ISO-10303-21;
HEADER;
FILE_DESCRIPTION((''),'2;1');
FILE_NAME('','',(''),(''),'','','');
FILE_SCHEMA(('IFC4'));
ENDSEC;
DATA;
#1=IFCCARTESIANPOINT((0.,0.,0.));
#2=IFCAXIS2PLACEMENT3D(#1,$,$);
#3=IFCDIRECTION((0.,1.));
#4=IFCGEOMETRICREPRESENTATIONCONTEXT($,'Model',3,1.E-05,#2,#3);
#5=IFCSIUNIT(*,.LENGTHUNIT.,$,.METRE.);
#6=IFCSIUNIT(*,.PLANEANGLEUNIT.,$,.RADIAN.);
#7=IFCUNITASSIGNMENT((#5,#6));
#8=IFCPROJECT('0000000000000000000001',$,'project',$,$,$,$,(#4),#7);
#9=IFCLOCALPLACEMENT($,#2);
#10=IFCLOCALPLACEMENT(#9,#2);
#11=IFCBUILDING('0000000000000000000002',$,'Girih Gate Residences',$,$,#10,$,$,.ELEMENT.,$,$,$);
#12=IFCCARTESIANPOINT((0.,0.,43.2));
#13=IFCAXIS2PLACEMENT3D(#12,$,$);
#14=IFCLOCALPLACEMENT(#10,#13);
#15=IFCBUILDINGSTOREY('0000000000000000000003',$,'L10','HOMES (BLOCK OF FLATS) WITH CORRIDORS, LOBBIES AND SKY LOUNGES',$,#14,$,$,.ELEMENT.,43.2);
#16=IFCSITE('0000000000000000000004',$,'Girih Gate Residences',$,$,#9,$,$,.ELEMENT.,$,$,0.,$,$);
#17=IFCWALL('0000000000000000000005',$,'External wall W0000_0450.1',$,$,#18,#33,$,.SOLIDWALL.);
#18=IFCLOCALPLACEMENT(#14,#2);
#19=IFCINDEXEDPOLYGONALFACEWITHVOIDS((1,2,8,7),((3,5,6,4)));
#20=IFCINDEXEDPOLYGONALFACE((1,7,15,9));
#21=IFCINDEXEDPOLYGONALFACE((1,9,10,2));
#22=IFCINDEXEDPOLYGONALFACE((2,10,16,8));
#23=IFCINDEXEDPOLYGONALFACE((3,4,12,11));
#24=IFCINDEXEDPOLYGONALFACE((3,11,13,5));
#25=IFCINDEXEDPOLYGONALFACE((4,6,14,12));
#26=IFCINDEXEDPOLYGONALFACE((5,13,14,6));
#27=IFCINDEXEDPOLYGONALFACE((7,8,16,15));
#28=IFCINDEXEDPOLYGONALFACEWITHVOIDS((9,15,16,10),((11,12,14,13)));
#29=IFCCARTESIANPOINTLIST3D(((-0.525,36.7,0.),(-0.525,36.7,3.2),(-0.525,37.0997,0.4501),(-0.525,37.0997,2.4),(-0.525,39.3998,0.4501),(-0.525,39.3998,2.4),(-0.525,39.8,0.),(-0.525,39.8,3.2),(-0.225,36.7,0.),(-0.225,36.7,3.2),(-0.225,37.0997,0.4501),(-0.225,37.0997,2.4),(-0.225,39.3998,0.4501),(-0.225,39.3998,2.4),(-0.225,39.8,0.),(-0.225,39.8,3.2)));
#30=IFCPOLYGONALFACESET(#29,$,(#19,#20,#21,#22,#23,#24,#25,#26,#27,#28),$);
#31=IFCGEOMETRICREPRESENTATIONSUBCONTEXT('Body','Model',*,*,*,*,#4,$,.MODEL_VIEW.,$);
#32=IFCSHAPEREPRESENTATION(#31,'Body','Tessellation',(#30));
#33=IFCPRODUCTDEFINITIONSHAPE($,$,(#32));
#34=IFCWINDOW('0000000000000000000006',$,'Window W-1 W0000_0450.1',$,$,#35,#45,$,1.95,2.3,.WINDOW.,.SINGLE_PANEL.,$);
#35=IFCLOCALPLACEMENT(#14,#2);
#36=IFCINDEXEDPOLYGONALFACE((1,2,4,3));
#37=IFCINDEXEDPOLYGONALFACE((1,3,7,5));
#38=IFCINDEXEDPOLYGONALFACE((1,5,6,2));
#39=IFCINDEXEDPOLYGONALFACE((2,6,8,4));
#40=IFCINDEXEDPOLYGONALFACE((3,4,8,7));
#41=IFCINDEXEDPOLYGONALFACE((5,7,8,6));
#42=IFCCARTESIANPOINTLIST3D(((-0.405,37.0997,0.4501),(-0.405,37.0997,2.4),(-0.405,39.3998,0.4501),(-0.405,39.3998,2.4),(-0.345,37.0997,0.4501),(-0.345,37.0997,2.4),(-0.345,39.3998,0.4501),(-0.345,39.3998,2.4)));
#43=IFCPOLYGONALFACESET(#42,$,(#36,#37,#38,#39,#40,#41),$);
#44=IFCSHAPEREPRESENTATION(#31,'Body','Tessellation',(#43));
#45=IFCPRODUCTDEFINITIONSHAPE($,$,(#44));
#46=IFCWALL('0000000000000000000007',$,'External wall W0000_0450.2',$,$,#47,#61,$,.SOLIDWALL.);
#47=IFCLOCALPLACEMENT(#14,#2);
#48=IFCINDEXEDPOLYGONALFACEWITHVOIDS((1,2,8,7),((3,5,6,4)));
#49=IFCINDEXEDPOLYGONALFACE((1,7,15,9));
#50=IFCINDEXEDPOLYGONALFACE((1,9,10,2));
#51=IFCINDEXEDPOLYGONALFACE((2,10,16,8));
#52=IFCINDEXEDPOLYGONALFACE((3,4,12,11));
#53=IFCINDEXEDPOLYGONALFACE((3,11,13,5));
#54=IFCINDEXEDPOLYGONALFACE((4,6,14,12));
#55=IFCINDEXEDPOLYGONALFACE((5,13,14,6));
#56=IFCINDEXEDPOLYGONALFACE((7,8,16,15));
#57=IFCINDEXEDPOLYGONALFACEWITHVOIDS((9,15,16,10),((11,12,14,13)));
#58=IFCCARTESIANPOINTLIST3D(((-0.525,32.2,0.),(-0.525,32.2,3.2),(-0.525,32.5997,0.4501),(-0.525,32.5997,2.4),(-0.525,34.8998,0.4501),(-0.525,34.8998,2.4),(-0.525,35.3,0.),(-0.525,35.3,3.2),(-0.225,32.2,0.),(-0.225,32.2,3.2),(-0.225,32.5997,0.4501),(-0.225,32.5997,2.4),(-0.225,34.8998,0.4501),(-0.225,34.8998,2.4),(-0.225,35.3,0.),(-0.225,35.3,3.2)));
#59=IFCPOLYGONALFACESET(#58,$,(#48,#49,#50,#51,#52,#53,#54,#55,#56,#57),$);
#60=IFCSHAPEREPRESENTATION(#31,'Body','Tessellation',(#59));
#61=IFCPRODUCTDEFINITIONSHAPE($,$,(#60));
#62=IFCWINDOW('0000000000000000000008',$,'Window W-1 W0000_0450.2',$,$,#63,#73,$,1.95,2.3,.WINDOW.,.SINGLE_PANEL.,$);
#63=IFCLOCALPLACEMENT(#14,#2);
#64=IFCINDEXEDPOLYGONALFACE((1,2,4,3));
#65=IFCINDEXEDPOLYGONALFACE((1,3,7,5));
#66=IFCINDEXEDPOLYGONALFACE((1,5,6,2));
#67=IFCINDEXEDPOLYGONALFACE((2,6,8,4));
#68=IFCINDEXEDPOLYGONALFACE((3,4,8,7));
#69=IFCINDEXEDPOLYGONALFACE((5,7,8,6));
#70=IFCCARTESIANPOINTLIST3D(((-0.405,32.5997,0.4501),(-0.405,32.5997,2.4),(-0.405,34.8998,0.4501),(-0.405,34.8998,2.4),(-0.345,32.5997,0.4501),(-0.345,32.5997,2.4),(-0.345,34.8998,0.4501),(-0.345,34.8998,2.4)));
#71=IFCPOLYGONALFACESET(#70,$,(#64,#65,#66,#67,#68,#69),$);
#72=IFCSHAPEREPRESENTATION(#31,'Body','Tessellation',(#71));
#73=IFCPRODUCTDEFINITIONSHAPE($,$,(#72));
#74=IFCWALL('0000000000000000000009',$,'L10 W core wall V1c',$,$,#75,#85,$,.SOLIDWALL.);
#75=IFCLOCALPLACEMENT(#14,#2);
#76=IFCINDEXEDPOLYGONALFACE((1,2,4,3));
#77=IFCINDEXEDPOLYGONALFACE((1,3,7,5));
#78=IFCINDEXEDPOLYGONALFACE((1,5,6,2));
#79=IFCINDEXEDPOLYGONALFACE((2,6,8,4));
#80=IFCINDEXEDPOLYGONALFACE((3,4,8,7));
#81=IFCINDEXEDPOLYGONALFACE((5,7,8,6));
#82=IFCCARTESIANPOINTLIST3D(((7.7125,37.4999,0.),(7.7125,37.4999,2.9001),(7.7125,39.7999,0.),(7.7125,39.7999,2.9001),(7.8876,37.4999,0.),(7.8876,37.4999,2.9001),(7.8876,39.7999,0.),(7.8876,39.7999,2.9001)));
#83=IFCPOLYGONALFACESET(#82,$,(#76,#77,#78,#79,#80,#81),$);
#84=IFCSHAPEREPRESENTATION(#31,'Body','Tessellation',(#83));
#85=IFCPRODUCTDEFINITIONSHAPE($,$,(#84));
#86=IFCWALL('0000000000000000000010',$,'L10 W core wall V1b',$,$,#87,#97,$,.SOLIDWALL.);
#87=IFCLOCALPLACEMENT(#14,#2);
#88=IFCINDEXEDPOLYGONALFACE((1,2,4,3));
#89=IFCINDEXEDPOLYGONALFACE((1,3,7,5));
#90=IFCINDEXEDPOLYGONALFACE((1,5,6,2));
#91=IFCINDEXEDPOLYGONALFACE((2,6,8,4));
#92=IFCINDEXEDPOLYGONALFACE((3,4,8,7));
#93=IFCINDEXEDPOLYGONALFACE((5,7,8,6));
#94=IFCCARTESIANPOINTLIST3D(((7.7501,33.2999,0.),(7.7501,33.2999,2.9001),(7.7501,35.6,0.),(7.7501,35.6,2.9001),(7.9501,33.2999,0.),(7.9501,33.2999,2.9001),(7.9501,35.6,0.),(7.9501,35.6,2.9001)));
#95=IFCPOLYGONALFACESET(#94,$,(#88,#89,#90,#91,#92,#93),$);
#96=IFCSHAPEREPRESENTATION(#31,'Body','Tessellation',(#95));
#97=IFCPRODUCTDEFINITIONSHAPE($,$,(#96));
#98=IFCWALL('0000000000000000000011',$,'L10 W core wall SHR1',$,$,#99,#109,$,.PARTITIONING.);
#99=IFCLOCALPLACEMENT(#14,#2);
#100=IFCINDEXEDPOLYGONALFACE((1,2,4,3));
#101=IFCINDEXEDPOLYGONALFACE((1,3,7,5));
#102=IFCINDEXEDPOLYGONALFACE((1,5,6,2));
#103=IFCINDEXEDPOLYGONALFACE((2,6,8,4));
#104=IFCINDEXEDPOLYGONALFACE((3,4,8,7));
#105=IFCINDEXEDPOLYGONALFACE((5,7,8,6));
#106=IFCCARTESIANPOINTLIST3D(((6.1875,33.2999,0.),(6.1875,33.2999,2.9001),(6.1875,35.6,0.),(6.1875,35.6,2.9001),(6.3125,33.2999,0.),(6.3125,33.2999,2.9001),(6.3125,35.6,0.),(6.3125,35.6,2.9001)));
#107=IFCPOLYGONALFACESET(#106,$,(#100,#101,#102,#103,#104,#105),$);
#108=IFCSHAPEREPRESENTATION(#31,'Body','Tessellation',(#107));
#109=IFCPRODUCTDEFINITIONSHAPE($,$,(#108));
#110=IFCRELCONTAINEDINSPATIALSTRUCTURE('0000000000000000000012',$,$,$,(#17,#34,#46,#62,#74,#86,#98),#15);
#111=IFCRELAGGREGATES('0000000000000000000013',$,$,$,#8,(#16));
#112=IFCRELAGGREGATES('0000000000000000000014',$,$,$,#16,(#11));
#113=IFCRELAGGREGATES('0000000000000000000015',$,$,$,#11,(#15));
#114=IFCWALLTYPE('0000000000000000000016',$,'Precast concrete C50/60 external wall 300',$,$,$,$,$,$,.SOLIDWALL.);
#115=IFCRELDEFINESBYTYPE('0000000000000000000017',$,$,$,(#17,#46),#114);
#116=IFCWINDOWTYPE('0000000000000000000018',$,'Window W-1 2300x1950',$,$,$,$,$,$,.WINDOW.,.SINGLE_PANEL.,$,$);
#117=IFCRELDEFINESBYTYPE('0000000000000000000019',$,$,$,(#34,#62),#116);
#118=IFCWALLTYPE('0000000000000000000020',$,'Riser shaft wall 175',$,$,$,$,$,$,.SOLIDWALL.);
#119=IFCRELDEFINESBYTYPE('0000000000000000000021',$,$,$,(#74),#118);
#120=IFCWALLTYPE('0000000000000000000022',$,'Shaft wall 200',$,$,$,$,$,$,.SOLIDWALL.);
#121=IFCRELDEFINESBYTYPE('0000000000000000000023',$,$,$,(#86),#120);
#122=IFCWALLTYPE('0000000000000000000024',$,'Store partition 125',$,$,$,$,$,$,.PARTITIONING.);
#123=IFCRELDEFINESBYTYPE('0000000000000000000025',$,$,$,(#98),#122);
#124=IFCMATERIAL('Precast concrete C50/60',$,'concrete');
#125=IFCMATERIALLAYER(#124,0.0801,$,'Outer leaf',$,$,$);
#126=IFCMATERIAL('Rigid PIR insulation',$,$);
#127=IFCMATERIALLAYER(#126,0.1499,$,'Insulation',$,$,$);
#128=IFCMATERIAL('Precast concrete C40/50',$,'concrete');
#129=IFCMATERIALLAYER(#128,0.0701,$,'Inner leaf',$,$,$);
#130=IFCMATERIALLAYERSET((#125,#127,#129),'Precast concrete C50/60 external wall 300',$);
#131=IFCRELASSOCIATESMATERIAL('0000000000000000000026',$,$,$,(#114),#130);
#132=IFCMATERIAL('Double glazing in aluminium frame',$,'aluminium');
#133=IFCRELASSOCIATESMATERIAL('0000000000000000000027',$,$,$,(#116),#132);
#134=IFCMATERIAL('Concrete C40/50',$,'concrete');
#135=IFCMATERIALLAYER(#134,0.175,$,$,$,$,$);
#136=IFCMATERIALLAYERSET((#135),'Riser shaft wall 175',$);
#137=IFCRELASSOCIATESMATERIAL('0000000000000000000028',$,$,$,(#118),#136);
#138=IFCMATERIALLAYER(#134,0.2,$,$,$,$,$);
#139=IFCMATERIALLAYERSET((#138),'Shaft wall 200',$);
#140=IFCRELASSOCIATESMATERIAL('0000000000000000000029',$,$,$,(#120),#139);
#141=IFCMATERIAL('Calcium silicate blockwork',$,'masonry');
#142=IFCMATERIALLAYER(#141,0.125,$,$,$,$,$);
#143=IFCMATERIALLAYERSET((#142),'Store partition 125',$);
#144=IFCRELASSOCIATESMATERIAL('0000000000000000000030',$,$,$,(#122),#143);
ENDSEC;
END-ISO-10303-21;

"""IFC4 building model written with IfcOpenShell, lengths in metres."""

from ifc_helpers import new_model, si_unit, direction, frame, frame_2d, origin, place, context, subcontext, project, spatial, rectangle, extrude, material, layer, layer_set, type_object, element, fill, save


model = new_model("IFC4")

# Units and contexts
model_context = context("Model", 3, precision=1e-05, world=origin(), true_north=direction((0.0, 1.0)))
body_context = subcontext(model_context, "Body", "Model", "MODEL_VIEW")
ifc_project = project(units=[si_unit("LENGTHUNIT", "METRE"), si_unit("PLANEANGLEUNIT", "RADIAN")], contexts=[model_context])

# Site, building, storey
site_placement = place(None, origin())
site = spatial("IfcSite", under=ifc_project, at=site_placement, Name="Girih Gate Residences", CompositionType="ELEMENT", RefElevation=0.0)
building_placement = place(site_placement, origin())
building = spatial("IfcBuilding", under=site, at=building_placement, Name="Girih Gate Residences", CompositionType="ELEMENT")
storey_placement = place(building_placement, frame((0.0, 0.0, 43.2)))
storey = spatial("IfcBuildingStorey", under=building, at=storey_placement, Name="L10", Description="HOMES (BLOCK OF FLATS) WITH CORRIDORS, LOBBIES AND SKY LOUNGES", CompositionType="ELEMENT", Elevation=43.2)

# Shared definitions
ifc_material_1 = material(Name="Concrete C40/50", Category="concrete")

# Walls, openings, windows
ifc_material_2 = material(Name="Precast concrete C50/60", Category="concrete")
ifc_layer_1 = layer(ifc_material_2, 0.0801, Name="Outer leaf")
ifc_material_3 = material(Name="Rigid PIR insulation")
ifc_layer_2 = layer(ifc_material_3, 0.1499, Name="Insulation")
ifc_material_4 = material(Name="Precast concrete C40/50", Category="concrete")
ifc_layer_3 = layer(ifc_material_4, 0.0701, Name="Inner leaf")
ifc_layer_set_1 = layer_set([ifc_layer_1, ifc_layer_2, ifc_layer_3], Name="Precast concrete C50/60 external wall 300")
wall_type_1 = type_object("IfcWallType", Name="Precast concrete C50/60 external wall 300", PredefinedType="SOLIDWALL", material=ifc_layer_set_1)
wall_1_placement = place(storey_placement, frame((-0.375, 36.7, 0.0), z_axis=(0.0, 0.0, 1.0), x_axis=(0.0, 1.0, 0.0)))
wall_1 = element("IfcWall", 1, at=wall_1_placement, inside=storey, type_object=wall_type_1, Name="External wall W0000_0450.1", PredefinedType="SOLIDWALL", context=body_context, shape_type="SweptSolid", body=[
    extrude(rectangle(XDim=3.1001, YDim=0.3, at=frame_2d((1.55, 0.0))), origin(), (0.0, 0.0, 1.0), 3.2),
])
opening_1_placement = place(wall_1_placement, frame((0.3999, 0.0, 0.45)))
opening_1 = element("IfcOpeningElement", 2, at=opening_1_placement, cuts=wall_1, PredefinedType="OPENING", context=body_context, shape_type="SweptSolid", body=[
    extrude(rectangle(XDim=2.3, YDim=1.95, at=frame_2d((1.1499, 0.9751))), frame((0.0, 0.1599, 0.0), z_axis=(0.0, -1.0, 0.0), x_axis=(1.0, 0.0, 0.0)), (0.0, 0.0, 1.0), 0.3201),
])
ifc_material_5 = material(Name="Double glazing in aluminium frame", Category="aluminium")
window_type = type_object("IfcWindowType", Name="Window W-1 2300x1950", PartitioningType="SINGLE_PANEL", PredefinedType="WINDOW", material=ifc_material_5)
window_1_placement = place(opening_1_placement, origin())
window_1 = element("IfcWindow", 3, at=window_1_placement, inside=storey, type_object=window_type, Name="Window W-1 W0000_0450.1", OverallHeight=1.95, OverallWidth=2.3, PartitioningType="SINGLE_PANEL", PredefinedType="WINDOW", context=body_context, shape_type="SweptSolid", body=[
    extrude(rectangle(XDim=2.3, YDim=1.95, at=frame_2d((1.1499, 0.9751))), frame((0.0, 0.03, 0.0), z_axis=(0.0, -1.0, 0.0), x_axis=(1.0, 0.0, 0.0)), (0.0, 0.0, 1.0), 0.0601),
])
fill(opening_1, window_1)
wall_2_placement = place(storey_placement, frame((-0.375, 32.2, 0.0), z_axis=(0.0, 0.0, 1.0), x_axis=(0.0, 1.0, 0.0)))
wall_2 = element("IfcWall", 4, at=wall_2_placement, inside=storey, type_object=wall_type_1, Name="External wall W0000_0450.2", PredefinedType="SOLIDWALL", context=body_context, shape_type="SweptSolid", body=[
    extrude(rectangle(XDim=3.1001, YDim=0.3, at=frame_2d((1.55, 0.0))), origin(), (0.0, 0.0, 1.0), 3.2),
])
opening_2_placement = place(wall_2_placement, frame((0.3999, 0.0, 0.45)))
opening_2 = element("IfcOpeningElement", 5, at=opening_2_placement, cuts=wall_2, PredefinedType="OPENING", context=body_context, shape_type="SweptSolid", body=[
    extrude(rectangle(XDim=2.3, YDim=1.95, at=frame_2d((1.1499, 0.9751))), frame((0.0, 0.1599, 0.0), z_axis=(0.0, -1.0, 0.0), x_axis=(1.0, 0.0, 0.0)), (0.0, 0.0, 1.0), 0.3201),
])
window_2_placement = place(opening_2_placement, origin())
window_2 = element("IfcWindow", 6, at=window_2_placement, inside=storey, type_object=window_type, Name="Window W-1 W0000_0450.2", OverallHeight=1.95, OverallWidth=2.3, PartitioningType="SINGLE_PANEL", PredefinedType="WINDOW", context=body_context, shape_type="SweptSolid", body=[
    extrude(rectangle(XDim=2.3, YDim=1.95, at=frame_2d((1.1499, 0.9751))), frame((0.0, 0.03, 0.0), z_axis=(0.0, -1.0, 0.0), x_axis=(1.0, 0.0, 0.0)), (0.0, 0.0, 1.0), 0.0601),
])
fill(opening_2, window_2)

# Walls
ifc_layer_4 = layer(ifc_material_1, 0.175)
ifc_layer_set_2 = layer_set([ifc_layer_4], Name="Riser shaft wall 175")
wall_type_2 = type_object("IfcWallType", Name="Riser shaft wall 175", PredefinedType="SOLIDWALL", material=ifc_layer_set_2)
wall_3_placement = place(storey_placement, frame((7.8, 37.5, 0.0), z_axis=(0.0, 0.0, 1.0), x_axis=(0.0, 1.0, 0.0)))
element("IfcWall", 7, at=wall_3_placement, inside=storey, type_object=wall_type_2, Name="L10 W core wall V1c", PredefinedType="SOLIDWALL", context=body_context, shape_type="SweptSolid", body=[
    extrude(rectangle(XDim=2.3, YDim=0.175, at=frame_2d((1.1499, 0.0))), origin(), (0.0, 0.0, 1.0), 2.9001),
])
ifc_layer_5 = layer(ifc_material_1, 0.2)
ifc_layer_set_3 = layer_set([ifc_layer_5], Name="Shaft wall 200")
wall_type_3 = type_object("IfcWallType", Name="Shaft wall 200", PredefinedType="SOLIDWALL", material=ifc_layer_set_3)
wall_4_placement = place(storey_placement, frame((7.8501, 33.3, 0.0), z_axis=(0.0, 0.0, 1.0), x_axis=(0.0, 1.0, 0.0)))
element("IfcWall", 8, at=wall_4_placement, inside=storey, type_object=wall_type_3, Name="L10 W core wall V1b", PredefinedType="SOLIDWALL", context=body_context, shape_type="SweptSolid", body=[
    extrude(rectangle(XDim=2.3, YDim=0.2, at=frame_2d((1.1499, 0.0))), origin(), (0.0, 0.0, 1.0), 2.9001),
])
ifc_material_6 = material(Name="Calcium silicate blockwork", Category="masonry")
ifc_layer_6 = layer(ifc_material_6, 0.125)
ifc_layer_set_4 = layer_set([ifc_layer_6], Name="Store partition 125")
wall_type_4 = type_object("IfcWallType", Name="Store partition 125", PredefinedType="PARTITIONING", material=ifc_layer_set_4)
wall_5_placement = place(storey_placement, frame((6.25, 33.3, 0.0), z_axis=(0.0, 0.0, 1.0), x_axis=(0.0, 1.0, 0.0)))
element("IfcWall", 9, at=wall_5_placement, inside=storey, type_object=wall_type_4, Name="L10 W core wall SHR1", PredefinedType="PARTITIONING", context=body_context, shape_type="SweptSolid", body=[
    extrude(rectangle(XDim=2.3, YDim=0.125, at=frame_2d((1.1499, 0.0))), origin(), (0.0, 0.0, 1.0), 2.9001),
])

save(model, "model.ifc")
